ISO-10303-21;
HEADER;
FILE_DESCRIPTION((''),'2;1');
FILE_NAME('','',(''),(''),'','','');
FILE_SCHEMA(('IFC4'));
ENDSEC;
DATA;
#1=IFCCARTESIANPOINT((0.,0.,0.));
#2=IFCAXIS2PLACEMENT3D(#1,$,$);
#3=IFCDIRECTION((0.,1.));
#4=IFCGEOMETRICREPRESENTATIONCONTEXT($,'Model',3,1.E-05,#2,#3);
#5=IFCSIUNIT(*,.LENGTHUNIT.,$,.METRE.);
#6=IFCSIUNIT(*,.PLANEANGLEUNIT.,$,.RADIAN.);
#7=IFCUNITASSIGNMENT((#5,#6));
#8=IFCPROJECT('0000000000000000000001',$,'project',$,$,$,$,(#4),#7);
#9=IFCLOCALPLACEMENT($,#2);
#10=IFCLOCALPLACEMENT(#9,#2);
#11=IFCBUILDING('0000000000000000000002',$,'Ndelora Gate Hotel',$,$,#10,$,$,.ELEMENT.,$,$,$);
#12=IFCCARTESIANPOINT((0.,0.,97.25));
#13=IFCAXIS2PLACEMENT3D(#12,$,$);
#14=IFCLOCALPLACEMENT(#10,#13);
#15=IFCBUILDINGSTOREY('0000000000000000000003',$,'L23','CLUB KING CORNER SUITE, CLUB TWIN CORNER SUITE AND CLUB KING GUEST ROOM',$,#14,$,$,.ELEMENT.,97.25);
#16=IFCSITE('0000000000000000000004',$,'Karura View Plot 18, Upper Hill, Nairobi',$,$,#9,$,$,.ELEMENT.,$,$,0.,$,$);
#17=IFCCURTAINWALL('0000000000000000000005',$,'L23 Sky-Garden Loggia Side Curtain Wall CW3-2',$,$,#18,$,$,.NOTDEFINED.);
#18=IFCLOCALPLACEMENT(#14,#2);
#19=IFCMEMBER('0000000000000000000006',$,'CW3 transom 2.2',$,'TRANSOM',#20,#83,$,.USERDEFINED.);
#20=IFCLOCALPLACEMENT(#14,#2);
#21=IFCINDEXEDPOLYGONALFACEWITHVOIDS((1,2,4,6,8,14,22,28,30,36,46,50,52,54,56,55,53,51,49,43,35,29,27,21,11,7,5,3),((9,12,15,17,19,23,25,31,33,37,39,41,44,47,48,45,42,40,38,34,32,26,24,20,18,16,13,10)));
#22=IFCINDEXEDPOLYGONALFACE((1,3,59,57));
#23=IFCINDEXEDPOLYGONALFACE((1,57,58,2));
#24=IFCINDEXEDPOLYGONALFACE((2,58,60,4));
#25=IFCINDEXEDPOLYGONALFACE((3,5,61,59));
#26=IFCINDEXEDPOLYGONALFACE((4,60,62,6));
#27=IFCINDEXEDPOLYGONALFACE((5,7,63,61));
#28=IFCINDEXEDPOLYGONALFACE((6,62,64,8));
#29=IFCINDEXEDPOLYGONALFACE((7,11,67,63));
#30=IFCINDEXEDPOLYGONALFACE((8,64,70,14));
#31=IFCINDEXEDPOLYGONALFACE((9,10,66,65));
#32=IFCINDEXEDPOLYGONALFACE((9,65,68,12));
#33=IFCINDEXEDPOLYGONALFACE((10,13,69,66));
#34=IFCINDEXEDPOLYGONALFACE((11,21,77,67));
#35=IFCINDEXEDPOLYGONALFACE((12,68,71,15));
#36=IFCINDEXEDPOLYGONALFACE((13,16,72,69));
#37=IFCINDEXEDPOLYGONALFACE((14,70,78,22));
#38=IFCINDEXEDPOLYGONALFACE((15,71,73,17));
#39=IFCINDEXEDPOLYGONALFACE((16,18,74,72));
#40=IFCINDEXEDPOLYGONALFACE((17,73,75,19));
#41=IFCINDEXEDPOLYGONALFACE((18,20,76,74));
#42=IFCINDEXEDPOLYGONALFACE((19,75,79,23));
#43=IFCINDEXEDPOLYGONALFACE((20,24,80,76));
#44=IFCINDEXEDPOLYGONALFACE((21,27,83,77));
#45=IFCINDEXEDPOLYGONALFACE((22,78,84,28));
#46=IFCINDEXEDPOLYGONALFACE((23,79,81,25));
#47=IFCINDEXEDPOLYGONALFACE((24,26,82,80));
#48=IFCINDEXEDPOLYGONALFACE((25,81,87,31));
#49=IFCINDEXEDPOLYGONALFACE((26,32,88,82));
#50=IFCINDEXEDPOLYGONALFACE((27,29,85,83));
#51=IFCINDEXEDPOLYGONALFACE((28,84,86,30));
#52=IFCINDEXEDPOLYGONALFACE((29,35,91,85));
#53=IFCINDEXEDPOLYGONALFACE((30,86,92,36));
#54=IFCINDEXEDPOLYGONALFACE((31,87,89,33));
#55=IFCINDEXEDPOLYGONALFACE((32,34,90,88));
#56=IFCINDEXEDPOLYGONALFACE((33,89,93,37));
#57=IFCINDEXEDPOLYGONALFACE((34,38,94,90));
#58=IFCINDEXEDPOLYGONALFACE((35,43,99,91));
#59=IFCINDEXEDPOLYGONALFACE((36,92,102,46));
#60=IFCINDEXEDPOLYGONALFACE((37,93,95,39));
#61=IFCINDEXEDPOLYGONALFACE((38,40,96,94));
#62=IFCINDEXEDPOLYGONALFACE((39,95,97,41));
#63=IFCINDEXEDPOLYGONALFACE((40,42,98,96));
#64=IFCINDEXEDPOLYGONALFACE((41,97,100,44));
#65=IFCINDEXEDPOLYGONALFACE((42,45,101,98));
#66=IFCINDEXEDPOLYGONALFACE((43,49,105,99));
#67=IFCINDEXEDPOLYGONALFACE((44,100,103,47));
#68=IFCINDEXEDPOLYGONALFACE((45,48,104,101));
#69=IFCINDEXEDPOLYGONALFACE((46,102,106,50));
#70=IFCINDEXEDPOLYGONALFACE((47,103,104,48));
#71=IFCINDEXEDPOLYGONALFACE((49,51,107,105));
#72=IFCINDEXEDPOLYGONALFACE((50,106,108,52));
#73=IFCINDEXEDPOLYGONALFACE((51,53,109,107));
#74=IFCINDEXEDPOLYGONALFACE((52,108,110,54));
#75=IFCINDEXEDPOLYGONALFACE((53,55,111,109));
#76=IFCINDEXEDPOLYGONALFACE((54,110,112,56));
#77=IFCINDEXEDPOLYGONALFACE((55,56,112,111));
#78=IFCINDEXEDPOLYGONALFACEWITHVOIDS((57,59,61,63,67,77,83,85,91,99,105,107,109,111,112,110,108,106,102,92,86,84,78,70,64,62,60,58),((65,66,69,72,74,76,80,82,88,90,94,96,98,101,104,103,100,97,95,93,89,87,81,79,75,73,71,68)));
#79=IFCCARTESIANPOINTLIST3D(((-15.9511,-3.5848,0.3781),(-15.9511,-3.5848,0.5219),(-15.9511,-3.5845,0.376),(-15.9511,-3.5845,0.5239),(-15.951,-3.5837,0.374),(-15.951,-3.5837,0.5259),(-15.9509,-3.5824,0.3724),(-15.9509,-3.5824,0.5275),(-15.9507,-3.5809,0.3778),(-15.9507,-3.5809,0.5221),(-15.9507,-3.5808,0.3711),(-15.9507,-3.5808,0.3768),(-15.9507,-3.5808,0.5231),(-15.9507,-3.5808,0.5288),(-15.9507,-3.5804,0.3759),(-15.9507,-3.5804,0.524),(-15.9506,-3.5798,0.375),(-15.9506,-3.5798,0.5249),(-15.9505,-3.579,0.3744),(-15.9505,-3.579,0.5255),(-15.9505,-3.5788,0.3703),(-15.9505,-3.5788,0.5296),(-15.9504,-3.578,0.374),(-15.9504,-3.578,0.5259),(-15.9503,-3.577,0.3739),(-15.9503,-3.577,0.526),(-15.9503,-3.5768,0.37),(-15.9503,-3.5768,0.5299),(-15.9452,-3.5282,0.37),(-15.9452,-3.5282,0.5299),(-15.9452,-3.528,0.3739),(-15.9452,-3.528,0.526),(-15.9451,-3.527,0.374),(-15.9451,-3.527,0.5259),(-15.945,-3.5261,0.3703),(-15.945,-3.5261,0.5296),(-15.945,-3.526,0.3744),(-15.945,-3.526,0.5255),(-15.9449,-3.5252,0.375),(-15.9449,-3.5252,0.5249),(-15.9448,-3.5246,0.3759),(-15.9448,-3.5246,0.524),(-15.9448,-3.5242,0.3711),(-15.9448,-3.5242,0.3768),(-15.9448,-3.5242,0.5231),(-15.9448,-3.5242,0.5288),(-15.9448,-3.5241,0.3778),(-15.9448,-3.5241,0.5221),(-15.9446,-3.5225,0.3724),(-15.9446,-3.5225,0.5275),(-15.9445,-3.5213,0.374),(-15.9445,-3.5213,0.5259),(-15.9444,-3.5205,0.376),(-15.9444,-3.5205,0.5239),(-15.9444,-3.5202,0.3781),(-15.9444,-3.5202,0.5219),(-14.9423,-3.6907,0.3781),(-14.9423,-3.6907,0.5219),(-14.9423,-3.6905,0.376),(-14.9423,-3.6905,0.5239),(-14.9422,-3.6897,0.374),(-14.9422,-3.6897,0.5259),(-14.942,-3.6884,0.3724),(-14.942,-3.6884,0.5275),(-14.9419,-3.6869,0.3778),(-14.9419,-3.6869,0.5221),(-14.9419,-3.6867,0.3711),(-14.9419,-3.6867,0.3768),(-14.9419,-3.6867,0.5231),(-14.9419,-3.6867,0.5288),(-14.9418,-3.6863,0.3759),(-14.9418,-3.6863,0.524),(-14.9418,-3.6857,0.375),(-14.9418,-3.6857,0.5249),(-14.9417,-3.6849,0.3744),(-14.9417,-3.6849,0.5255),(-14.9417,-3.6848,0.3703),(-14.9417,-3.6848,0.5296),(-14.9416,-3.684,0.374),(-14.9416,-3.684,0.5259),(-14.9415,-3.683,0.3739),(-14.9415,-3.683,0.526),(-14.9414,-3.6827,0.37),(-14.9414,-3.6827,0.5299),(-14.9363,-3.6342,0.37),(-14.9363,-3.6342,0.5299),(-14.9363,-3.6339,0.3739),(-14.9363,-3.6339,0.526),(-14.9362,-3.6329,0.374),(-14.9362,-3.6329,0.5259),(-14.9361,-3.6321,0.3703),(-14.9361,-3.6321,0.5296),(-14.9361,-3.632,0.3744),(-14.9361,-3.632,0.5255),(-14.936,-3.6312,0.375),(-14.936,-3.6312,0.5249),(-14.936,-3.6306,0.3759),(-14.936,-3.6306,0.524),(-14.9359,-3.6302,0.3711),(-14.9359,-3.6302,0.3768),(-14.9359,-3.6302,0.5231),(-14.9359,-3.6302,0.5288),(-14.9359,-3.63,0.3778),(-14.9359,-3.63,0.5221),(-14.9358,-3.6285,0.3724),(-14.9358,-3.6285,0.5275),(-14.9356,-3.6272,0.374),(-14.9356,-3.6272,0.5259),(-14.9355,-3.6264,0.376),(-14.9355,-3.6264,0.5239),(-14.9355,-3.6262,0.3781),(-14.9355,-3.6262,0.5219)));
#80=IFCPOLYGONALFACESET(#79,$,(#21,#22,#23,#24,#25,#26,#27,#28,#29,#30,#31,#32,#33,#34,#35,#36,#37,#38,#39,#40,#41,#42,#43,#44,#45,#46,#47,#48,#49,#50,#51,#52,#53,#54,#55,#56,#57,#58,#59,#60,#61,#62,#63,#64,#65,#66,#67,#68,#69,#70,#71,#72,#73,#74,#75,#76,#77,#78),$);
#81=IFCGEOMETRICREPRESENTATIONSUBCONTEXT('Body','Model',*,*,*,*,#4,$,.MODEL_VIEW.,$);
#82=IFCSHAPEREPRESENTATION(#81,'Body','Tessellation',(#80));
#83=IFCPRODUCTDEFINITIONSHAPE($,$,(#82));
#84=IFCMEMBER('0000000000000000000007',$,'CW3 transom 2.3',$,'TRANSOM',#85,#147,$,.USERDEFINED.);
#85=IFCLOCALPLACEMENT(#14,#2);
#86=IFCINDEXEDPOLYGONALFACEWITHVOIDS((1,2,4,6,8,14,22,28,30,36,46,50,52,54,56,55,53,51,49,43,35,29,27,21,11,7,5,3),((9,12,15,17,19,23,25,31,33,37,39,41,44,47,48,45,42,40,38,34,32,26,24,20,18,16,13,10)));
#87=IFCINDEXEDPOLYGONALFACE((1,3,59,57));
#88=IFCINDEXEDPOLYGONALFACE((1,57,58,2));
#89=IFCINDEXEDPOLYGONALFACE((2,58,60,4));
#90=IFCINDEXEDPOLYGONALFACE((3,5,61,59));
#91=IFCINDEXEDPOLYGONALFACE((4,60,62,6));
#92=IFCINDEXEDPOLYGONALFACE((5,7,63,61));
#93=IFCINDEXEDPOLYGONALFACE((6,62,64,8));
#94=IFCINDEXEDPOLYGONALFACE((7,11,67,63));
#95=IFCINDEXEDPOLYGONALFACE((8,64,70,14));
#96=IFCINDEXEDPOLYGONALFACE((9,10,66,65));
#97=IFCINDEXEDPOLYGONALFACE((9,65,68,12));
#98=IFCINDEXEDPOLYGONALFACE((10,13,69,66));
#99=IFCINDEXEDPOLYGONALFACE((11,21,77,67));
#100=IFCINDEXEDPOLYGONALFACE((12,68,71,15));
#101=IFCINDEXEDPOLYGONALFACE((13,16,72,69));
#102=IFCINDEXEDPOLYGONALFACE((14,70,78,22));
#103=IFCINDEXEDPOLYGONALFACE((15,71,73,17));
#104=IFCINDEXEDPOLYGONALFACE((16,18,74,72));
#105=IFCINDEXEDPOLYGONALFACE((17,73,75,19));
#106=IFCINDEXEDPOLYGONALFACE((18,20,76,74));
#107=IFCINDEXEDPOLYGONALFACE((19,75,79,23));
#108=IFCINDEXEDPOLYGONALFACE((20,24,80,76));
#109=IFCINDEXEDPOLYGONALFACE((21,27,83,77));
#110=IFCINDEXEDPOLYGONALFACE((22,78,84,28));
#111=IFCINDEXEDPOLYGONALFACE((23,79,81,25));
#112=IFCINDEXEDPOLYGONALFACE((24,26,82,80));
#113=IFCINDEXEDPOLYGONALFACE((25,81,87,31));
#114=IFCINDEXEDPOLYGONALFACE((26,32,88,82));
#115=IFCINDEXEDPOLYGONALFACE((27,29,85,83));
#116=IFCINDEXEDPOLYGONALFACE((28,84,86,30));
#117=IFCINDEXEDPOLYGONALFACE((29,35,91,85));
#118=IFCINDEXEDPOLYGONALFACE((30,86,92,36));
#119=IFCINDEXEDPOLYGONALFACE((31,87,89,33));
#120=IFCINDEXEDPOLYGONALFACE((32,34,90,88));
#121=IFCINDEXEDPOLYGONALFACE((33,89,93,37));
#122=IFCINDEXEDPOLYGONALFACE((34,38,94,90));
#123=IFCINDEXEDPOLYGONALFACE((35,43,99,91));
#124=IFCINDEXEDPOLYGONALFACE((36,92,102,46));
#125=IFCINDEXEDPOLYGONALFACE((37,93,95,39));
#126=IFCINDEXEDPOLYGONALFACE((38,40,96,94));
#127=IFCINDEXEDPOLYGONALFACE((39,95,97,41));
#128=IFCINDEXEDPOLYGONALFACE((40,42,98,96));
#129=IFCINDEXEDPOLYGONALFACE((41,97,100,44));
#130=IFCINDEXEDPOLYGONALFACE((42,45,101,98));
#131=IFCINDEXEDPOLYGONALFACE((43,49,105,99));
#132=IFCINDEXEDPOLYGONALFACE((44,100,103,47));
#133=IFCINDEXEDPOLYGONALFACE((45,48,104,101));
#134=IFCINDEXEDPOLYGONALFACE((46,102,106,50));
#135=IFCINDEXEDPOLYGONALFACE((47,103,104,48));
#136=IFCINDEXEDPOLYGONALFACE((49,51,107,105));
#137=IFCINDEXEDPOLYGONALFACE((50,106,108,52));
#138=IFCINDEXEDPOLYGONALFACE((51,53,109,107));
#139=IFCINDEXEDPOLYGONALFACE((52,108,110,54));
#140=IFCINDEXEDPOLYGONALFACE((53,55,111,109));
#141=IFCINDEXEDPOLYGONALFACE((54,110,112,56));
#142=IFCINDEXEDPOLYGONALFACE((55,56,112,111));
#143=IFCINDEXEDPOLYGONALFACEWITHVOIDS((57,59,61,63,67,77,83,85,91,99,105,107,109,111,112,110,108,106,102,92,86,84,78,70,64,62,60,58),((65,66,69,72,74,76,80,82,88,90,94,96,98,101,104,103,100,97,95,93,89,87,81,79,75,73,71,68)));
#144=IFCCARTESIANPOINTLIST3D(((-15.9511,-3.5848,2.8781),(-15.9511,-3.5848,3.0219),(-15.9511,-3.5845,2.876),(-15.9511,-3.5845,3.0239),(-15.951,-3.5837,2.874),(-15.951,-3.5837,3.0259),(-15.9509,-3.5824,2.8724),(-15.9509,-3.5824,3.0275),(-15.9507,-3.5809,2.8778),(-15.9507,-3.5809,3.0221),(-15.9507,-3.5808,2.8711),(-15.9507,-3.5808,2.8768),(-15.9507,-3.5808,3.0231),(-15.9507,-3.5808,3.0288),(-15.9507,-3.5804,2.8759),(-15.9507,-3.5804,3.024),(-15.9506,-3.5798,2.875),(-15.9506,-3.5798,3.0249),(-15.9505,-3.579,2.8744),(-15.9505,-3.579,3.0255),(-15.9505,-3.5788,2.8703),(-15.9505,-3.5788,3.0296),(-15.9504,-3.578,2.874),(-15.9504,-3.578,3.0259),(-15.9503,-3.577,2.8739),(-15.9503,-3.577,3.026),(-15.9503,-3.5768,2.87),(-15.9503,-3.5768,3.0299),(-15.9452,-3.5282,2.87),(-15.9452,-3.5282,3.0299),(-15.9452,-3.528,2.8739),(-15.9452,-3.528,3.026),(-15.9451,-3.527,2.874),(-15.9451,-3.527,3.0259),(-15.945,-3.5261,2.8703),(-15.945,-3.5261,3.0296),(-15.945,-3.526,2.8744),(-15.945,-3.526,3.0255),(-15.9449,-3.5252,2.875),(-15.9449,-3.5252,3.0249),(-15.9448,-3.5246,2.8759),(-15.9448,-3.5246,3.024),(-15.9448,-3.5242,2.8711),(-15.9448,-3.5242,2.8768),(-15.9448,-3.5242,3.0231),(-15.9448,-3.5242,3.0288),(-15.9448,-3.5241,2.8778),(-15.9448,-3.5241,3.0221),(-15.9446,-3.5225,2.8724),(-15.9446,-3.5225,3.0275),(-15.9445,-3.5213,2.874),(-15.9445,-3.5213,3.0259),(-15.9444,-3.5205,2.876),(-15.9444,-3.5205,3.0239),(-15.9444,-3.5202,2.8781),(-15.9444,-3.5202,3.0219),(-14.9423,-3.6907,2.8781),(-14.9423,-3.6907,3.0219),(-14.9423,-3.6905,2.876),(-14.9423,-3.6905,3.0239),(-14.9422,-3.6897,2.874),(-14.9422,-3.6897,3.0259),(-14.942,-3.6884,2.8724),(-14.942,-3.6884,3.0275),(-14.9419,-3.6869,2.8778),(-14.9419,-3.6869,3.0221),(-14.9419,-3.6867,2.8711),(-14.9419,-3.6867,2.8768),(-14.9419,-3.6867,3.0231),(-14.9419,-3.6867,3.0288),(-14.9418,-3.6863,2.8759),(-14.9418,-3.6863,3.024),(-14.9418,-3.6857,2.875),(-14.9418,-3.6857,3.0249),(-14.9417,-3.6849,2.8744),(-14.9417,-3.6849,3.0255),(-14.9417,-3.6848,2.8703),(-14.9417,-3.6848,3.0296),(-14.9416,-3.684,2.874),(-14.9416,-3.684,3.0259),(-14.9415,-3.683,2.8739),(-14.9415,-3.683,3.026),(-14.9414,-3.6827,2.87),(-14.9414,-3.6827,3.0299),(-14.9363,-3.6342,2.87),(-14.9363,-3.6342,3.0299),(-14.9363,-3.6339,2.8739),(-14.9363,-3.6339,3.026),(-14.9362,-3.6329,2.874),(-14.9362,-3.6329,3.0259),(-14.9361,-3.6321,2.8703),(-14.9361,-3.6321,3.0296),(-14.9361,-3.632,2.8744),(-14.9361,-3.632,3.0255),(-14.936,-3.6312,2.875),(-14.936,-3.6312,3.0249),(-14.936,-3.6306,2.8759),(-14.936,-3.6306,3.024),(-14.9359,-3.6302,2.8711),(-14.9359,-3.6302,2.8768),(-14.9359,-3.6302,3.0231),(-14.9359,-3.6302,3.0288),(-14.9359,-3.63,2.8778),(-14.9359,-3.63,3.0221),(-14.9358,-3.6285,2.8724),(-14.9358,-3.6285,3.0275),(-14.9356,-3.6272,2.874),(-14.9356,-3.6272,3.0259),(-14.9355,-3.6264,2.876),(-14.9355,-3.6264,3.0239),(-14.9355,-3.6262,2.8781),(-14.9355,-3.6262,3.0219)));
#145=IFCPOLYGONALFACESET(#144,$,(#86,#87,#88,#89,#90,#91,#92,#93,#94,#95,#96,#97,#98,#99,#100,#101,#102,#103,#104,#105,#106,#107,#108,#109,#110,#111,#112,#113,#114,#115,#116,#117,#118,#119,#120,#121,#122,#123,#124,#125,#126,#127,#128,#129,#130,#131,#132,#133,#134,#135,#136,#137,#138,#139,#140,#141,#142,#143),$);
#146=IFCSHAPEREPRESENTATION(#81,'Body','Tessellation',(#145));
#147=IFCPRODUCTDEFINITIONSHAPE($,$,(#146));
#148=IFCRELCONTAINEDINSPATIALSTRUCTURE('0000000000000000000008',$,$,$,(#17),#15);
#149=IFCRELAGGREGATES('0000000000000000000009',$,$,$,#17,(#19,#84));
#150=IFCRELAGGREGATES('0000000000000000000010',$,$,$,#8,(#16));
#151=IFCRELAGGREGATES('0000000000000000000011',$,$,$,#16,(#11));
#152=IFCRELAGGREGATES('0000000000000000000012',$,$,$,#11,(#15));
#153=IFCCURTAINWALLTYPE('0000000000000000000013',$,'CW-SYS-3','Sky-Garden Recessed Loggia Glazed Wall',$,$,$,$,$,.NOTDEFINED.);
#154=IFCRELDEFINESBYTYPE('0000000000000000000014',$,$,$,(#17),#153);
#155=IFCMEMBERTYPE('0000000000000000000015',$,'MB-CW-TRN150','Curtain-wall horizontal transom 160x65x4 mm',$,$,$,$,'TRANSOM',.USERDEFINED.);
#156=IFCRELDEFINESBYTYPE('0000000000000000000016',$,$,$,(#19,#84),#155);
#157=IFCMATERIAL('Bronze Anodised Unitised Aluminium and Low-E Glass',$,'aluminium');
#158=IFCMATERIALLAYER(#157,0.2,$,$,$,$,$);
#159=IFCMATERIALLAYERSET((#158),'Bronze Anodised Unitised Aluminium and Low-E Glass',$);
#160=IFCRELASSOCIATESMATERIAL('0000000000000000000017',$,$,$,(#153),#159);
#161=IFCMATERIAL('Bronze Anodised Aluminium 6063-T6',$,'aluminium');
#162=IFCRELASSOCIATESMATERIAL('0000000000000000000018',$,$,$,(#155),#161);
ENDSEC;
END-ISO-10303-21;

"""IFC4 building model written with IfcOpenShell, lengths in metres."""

from ifc_helpers import new_model, si_unit, direction, frame, origin, origin_2d, place, context, subcontext, project, spatial, hollow_rectangle, extrude, material, layer, layer_set, material_profile, profile_set, type_object, element, aggregate, save


model = new_model("IFC4")

# Units and contexts
model_context = context("Model", 3, precision=1e-05, world=origin(), true_north=direction((0.0, 1.0)))
body_context = subcontext(model_context, "Body", "Model", "MODEL_VIEW")
ifc_project = project(units=[si_unit("LENGTHUNIT", "METRE"), si_unit("PLANEANGLEUNIT", "RADIAN")], contexts=[model_context])

# Site, building, storey
site_placement = place(None, origin())
site = spatial("IfcSite", under=ifc_project, at=site_placement, Name="Karura View Plot 18, Upper Hill, Nairobi", CompositionType="ELEMENT", RefElevation=0.0)
building_placement = place(site_placement, origin())
building = spatial("IfcBuilding", under=site, at=building_placement, Name="Ndelora Gate Hotel", CompositionType="ELEMENT")
storey_placement = place(building_placement, frame((0.0, 0.0, 97.25)))
storey = spatial("IfcBuildingStorey", under=building, at=storey_placement, Name="L23", Description="CLUB KING CORNER SUITE, CLUB TWIN CORNER SUITE AND CLUB KING GUEST ROOM", CompositionType="ELEMENT", Elevation=97.25)

# Curtain wall, members
ifc_material_1 = material(Name="Bronze Anodised Unitised Aluminium and Low-E Glass", Category="aluminium")
ifc_layer_1 = layer(ifc_material_1, 0.2)
ifc_layer_set_1 = layer_set([ifc_layer_1], Name="Bronze Anodised Unitised Aluminium and Low-E Glass")
curtain_wall_type = type_object("IfcCurtainWallType", Name="CW-SYS-3", Description="Sky-Garden Recessed Loggia Glazed Wall", PredefinedType="NOTDEFINED", material=ifc_layer_set_1)
curtain_wall_placement = place(storey_placement, origin())
curtain_wall = element("IfcCurtainWall", 1, at=curtain_wall_placement, inside=storey, type_object=curtain_wall_type, Name="L23 Sky-Garden Loggia Side Curtain Wall CW3-2", PredefinedType="NOTDEFINED")
ifc_material_2 = material(Name="Bronze Anodised Aluminium 6063-T6", Category="aluminium")
ifc_material_profile_1 = material_profile(ifc_material_2, hollow_rectangle(XDim=0.0649, YDim=0.1599, WallThickness=0.0039, InnerFilletRadius=0.0039, OuterFilletRadius=0.0081, at=origin_2d()), Name="ALU 160x65x4")
ifc_profile_set_1 = profile_set([ifc_material_profile_1], Name="Bronze Anodised Aluminium 6063-T6")
member_type_1 = type_object("IfcMemberType", Name="MB-CW-TRN150", Description="Curtain-wall horizontal transom 160x65x4 mm", ElementType="TRANSOM", PredefinedType="USERDEFINED", material=ifc_profile_set_1)
member_1_placement = place(storey_placement, frame((-15.9478, -3.5525, 0.45), z_axis=(0.994529, -0.104459, 0.0), x_axis=(0.104459, 0.994529, 0.0)))
member_1 = element("IfcMember", 2, at=member_1_placement, type_object=member_type_1, Name="CW3 transom 2.2", ObjectType="TRANSOM", PredefinedType="USERDEFINED", context=body_context, shape_type="SweptSolid", body=[
    extrude(hollow_rectangle(XDim=0.0649, YDim=0.1599, WallThickness=0.0039, InnerFilletRadius=0.0039, OuterFilletRadius=0.0081, at=origin_2d()), origin(), (0.0, 0.0, 1.0), 1.0144),
])
member_2_placement = place(storey_placement, frame((-15.9478, -3.5525, 2.95), z_axis=(0.994529, -0.104459, 0.0), x_axis=(0.104459, 0.994529, 0.0)))
member_2 = element("IfcMember", 3, at=member_2_placement, type_object=member_type_1, Name="CW3 transom 2.3", ObjectType="TRANSOM", PredefinedType="USERDEFINED", context=body_context, shape_type="SweptSolid", body=[
    extrude(hollow_rectangle(XDim=0.0649, YDim=0.1599, WallThickness=0.0039, InnerFilletRadius=0.0039, OuterFilletRadius=0.0081, at=origin_2d()), origin(), (0.0, 0.0, 1.0), 1.0144),
])
aggregate(curtain_wall, [member_1, member_2])

save(model, "model.ifc")
